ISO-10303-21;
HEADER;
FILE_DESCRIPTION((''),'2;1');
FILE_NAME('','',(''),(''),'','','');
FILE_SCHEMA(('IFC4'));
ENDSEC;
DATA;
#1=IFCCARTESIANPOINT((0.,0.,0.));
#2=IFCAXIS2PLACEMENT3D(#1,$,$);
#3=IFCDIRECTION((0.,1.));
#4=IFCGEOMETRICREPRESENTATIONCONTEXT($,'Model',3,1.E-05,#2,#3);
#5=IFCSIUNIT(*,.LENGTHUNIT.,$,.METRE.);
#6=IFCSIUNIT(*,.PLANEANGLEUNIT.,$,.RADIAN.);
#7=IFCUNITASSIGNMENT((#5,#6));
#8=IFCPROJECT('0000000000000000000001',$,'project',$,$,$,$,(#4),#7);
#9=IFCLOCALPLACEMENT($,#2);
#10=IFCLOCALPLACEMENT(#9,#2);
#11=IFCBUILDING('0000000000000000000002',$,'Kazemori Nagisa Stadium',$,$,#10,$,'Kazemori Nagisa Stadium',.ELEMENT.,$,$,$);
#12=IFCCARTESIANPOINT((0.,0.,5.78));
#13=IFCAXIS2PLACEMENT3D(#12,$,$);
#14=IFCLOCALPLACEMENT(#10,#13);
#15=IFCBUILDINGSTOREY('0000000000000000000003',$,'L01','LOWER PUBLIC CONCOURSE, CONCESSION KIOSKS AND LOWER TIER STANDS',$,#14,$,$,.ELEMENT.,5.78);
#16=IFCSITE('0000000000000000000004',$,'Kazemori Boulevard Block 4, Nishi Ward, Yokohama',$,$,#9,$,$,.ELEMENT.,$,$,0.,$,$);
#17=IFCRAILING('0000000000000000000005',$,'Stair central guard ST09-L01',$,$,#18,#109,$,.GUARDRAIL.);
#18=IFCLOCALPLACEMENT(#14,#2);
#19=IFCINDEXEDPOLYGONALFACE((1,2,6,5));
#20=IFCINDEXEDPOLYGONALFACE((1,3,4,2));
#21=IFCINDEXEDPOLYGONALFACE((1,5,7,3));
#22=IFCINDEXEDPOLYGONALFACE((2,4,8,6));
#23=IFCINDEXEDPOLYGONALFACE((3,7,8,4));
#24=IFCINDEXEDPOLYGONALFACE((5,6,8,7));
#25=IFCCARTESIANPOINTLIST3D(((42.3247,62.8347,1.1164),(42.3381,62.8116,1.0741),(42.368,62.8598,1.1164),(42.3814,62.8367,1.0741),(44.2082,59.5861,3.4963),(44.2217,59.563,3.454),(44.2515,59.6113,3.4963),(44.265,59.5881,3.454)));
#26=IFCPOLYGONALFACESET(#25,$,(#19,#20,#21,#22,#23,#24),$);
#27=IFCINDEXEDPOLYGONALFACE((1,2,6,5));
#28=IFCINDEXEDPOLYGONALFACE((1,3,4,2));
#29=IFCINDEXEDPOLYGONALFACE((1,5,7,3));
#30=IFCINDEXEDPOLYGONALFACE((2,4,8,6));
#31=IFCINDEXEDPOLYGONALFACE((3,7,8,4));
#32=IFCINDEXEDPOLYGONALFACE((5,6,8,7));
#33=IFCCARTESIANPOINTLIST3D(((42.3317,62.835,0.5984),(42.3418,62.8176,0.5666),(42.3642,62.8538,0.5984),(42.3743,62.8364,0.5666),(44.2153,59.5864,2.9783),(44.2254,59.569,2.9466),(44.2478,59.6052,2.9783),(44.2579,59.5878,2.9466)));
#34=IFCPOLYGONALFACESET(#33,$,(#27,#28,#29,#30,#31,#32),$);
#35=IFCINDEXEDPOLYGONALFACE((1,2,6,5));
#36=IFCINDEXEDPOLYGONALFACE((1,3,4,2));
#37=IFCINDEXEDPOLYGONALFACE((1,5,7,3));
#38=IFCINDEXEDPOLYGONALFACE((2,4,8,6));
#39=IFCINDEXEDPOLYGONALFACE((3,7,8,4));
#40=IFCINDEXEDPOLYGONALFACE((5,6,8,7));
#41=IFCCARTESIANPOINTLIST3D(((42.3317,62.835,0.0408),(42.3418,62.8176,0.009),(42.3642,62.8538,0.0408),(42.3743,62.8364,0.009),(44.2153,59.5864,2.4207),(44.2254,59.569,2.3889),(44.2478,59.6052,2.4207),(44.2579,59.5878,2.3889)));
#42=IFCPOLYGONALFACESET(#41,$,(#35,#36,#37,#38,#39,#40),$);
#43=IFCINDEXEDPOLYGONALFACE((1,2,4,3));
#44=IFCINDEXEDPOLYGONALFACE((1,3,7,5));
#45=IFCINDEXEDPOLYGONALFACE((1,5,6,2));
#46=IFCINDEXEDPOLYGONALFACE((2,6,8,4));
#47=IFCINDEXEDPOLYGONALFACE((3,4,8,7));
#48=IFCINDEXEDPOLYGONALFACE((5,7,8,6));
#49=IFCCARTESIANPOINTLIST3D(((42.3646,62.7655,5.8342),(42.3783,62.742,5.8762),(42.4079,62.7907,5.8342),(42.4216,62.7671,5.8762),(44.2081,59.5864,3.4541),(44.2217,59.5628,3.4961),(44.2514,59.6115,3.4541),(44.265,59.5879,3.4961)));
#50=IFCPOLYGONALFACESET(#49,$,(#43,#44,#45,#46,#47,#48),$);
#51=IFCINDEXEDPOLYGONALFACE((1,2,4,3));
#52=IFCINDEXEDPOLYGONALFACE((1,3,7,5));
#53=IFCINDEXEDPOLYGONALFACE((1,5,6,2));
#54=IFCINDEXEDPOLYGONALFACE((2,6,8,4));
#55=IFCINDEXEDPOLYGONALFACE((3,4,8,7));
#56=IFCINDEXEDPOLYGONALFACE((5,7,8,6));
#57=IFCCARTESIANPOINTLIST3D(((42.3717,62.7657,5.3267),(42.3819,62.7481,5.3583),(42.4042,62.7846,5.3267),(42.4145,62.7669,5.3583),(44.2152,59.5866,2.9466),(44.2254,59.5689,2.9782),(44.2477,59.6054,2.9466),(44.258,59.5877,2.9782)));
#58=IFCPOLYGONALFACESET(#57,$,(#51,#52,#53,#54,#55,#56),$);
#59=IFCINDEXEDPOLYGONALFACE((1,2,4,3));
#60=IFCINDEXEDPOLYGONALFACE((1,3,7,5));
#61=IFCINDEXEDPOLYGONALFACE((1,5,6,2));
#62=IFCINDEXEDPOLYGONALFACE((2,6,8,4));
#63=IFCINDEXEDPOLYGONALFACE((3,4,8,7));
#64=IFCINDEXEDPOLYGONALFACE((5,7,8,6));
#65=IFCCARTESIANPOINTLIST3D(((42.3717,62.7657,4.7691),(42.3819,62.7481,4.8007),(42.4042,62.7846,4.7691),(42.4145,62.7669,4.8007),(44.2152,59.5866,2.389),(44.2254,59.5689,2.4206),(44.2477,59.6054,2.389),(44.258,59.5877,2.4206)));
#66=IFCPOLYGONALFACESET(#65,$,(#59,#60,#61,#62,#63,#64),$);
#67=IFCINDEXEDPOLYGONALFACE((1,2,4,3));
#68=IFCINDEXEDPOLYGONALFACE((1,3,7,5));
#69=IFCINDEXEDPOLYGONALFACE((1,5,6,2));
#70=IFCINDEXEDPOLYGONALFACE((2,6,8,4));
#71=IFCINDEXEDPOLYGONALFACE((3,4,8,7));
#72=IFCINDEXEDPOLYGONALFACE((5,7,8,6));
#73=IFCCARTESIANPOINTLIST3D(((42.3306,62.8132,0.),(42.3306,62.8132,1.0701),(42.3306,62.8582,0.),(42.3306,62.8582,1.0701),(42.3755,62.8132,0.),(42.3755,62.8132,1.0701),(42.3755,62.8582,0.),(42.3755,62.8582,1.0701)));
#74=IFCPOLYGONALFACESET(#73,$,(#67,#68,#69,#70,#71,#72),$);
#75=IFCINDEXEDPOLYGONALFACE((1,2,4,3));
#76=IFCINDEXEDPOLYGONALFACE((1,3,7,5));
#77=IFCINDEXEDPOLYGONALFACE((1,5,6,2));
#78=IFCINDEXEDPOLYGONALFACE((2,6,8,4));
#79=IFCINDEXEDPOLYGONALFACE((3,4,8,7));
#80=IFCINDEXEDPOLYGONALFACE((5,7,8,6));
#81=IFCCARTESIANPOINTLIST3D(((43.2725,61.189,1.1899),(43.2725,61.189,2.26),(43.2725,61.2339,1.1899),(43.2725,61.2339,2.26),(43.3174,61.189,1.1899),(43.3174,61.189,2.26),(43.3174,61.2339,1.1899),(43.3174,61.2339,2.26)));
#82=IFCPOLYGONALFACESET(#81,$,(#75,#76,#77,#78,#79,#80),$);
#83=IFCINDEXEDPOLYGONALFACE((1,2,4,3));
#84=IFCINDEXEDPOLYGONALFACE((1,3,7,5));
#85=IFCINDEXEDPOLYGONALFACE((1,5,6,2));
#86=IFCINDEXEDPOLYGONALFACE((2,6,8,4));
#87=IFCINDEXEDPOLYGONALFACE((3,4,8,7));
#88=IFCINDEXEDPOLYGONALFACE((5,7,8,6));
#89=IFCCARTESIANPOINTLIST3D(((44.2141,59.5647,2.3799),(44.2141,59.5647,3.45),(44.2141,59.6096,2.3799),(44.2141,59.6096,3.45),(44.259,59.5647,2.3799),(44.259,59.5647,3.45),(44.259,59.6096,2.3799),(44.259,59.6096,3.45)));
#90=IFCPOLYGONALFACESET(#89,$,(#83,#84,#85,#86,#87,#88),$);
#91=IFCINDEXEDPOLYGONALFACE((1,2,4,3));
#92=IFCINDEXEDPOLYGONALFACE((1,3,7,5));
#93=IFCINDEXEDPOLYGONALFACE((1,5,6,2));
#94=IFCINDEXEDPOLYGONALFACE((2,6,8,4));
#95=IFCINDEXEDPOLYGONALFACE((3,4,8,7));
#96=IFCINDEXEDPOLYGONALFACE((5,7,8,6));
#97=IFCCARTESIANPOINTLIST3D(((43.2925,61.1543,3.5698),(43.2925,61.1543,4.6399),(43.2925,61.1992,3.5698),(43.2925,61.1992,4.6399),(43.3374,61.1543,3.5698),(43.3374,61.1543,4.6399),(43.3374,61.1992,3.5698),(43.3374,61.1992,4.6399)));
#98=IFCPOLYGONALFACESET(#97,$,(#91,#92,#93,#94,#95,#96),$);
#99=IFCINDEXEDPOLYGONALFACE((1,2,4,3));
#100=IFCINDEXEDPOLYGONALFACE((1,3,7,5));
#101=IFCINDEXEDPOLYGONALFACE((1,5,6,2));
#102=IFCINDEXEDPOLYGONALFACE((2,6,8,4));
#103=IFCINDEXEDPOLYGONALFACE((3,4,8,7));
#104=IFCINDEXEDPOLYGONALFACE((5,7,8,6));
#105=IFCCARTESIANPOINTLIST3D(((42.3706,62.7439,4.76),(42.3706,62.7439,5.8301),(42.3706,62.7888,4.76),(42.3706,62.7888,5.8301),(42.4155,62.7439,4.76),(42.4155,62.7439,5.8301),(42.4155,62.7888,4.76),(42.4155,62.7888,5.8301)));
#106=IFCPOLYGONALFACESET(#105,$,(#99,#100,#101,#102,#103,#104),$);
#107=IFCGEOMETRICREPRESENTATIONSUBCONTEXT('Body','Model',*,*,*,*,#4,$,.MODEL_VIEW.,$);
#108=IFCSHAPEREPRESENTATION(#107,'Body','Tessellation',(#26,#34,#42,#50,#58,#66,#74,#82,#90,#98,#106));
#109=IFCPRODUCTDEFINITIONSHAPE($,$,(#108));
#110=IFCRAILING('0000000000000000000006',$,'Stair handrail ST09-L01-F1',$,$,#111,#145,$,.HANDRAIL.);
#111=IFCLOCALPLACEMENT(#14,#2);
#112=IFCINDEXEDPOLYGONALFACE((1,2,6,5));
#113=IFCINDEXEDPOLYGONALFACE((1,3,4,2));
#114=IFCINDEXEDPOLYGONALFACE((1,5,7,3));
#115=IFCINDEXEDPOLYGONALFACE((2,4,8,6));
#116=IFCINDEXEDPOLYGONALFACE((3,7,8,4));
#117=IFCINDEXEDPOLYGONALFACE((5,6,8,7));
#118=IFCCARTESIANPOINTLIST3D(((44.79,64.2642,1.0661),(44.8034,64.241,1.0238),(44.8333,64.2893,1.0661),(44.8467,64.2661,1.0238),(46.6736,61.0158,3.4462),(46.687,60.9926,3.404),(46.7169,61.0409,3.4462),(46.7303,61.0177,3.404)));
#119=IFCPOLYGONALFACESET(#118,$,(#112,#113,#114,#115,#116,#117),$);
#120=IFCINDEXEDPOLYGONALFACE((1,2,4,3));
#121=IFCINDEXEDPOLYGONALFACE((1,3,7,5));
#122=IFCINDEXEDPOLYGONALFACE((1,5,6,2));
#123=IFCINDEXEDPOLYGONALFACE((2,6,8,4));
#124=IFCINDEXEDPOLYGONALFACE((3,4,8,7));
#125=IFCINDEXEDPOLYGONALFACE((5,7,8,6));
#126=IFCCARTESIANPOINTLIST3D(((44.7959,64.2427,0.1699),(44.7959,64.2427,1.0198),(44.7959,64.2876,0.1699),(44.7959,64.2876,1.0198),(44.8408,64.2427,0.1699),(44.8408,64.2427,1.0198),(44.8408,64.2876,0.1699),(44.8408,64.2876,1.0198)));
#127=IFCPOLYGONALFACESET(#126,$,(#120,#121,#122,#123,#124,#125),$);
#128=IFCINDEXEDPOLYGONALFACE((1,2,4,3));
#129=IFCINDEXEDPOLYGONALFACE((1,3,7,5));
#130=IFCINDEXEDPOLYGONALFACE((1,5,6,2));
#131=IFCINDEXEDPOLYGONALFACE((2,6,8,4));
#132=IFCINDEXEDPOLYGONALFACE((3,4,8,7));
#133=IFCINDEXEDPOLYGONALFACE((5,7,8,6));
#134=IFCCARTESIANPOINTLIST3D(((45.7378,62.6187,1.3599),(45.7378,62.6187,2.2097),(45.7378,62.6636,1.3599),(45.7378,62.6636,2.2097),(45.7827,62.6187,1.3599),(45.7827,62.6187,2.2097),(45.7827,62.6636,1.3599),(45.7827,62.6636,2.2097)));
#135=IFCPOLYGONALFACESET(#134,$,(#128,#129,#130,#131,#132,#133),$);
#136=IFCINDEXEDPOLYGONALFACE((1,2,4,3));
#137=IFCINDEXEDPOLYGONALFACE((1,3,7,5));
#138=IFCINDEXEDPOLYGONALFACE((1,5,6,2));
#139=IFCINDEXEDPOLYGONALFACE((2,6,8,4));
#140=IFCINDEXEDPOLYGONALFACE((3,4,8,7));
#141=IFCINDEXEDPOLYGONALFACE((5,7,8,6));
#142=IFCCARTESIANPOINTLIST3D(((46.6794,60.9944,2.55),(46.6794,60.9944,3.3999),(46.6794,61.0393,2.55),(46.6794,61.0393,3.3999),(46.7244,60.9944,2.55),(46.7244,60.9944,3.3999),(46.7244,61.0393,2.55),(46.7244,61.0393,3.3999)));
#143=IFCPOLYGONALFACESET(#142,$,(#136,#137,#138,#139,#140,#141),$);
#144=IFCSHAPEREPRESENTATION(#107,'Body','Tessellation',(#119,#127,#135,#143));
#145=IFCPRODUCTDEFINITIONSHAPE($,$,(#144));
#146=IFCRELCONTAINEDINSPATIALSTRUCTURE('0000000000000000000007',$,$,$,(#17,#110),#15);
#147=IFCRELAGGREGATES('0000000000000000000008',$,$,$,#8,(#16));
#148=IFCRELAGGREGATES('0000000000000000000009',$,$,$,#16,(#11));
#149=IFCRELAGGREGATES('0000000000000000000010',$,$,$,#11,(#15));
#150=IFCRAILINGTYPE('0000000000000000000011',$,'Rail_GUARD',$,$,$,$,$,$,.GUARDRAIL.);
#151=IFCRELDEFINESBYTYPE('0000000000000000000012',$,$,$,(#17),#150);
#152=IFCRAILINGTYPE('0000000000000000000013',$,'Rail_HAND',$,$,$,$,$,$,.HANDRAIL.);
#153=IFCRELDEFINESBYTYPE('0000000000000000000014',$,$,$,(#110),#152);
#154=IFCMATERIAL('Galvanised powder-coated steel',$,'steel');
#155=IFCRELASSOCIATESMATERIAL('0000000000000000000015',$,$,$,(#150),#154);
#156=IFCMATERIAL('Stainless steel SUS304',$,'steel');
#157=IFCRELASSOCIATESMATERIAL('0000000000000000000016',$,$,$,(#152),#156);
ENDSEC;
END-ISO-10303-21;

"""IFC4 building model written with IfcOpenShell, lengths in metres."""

from ifc_helpers import new_model, si_unit, direction, frame, origin, origin_2d, place, context, subcontext, project, spatial, rectangle, extrude, material, type_object, element, save


model = new_model("IFC4")

# Units and contexts
model_context = context("Model", 3, precision=1e-05, world=origin(), true_north=direction((0.0, 1.0)))
body_context = subcontext(model_context, "Body", "Model", "MODEL_VIEW")
ifc_project = project(units=[si_unit("LENGTHUNIT", "METRE"), si_unit("PLANEANGLEUNIT", "RADIAN")], contexts=[model_context])

# Site, building, storey
site_placement = place(None, origin())
site = spatial("IfcSite", under=ifc_project, at=site_placement, Name="Kazemori Boulevard Block 4, Nishi Ward, Yokohama", CompositionType="ELEMENT", RefElevation=0.0)
building_placement = place(site_placement, origin())
building = spatial("IfcBuilding", under=site, at=building_placement, Name="Kazemori Nagisa Stadium", LongName="Kazemori Nagisa Stadium", CompositionType="ELEMENT")
storey_placement = place(building_placement, frame((0.0, 0.0, 5.78)))
storey = spatial("IfcBuildingStorey", under=building, at=storey_placement, Name="L01", Description="LOWER PUBLIC CONCOURSE, CONCESSION KIOSKS AND LOWER TIER STANDS", CompositionType="ELEMENT", Elevation=5.78)

# Railings
ifc_material_1 = material(Name="Galvanised powder-coated steel", Category="steel")
railing_type_1 = type_object("IfcRailingType", Name="Rail_GUARD", PredefinedType="GUARDRAIL", material=ifc_material_1)
railing_1_placement = place(storey_placement, frame((42.353, 62.8357, 0.0)))
element("IfcRailing", 1, at=railing_1_placement, inside=storey, type_object=railing_type_1, Name="Stair central guard ST09-L01", PredefinedType="GUARDRAIL", context=body_context, shape_type="SweptSolid", body=[
    extrude(rectangle(XDim=0.05, YDim=0.05, at=origin_2d()), frame((0.0, 0.0, 1.0952), z_axis=(0.423675, -0.730708, 0.535318), x_axis=(0.865101, 0.501597, 0.0)), (0.0, 0.0, 1.0), 4.4458),
    extrude(rectangle(XDim=0.0376, YDim=0.0376, at=origin_2d()), frame((0.0, 0.0, 0.5825), z_axis=(0.423675, -0.730708, 0.535318), x_axis=(0.865101, 0.501597, 0.0)), (0.0, 0.0, 1.0), 4.4458),
    extrude(rectangle(XDim=0.0376, YDim=0.0376, at=origin_2d()), frame((0.0, 0.0, 0.0249), z_axis=(0.423675, -0.730708, 0.535318), x_axis=(0.865101, 0.501597, 0.0)), (0.0, 0.0, 1.0), 4.4458),
    extrude(rectangle(XDim=0.05, YDim=0.05, at=origin_2d()), frame((1.8835, -3.2485, 3.4751), z_axis=(-0.421041, 0.726101, 0.5436), x_axis=(-0.865082, -0.501631, 0.0)), (0.0, 0.0, 1.0), 4.3784),
    extrude(rectangle(XDim=0.0376, YDim=0.0376, at=origin_2d()), frame((1.8835, -3.2485, 2.9624), z_axis=(-0.421041, 0.726101, 0.5436), x_axis=(-0.865082, -0.501631, 0.0)), (0.0, 0.0, 1.0), 4.3784),
    extrude(rectangle(XDim=0.0376, YDim=0.0376, at=origin_2d()), frame((1.8835, -3.2485, 2.4048), z_axis=(-0.421041, 0.726101, 0.5436), x_axis=(-0.865082, -0.501631, 0.0)), (0.0, 0.0, 1.0), 4.3784),
    extrude(rectangle(XDim=0.0449, YDim=0.0449, at=origin_2d()), origin(), (0.0, 0.0, 1.0), 1.0701),
    extrude(rectangle(XDim=0.0449, YDim=0.0449, at=origin_2d()), frame((0.9419, -1.6243, 1.1899)), (0.0, 0.0, 1.0), 1.0701),
    extrude(rectangle(XDim=0.0449, YDim=0.0449, at=origin_2d()), frame((1.8835, -3.2485, 2.3799)), (0.0, 0.0, 1.0), 1.0701),
    extrude(rectangle(XDim=0.0449, YDim=0.0449, at=origin_2d()), frame((0.9619, -1.6589, 3.5698)), (0.0, 0.0, 1.0), 1.0701),
    extrude(rectangle(XDim=0.0449, YDim=0.0449, at=origin_2d()), frame((0.04, -0.0693, 4.76)), (0.0, 0.0, 1.0), 1.0701),
])
ifc_material_2 = material(Name="Stainless steel SUS304", Category="steel")
railing_type_2 = type_object("IfcRailingType", Name="Rail_HAND", PredefinedType="HANDRAIL", material=ifc_material_2)
railing_2_placement = place(storey_placement, frame((44.8184, 64.2651, 0.1699)))
element("IfcRailing", 2, at=railing_2_placement, inside=storey, type_object=railing_type_2, Name="Stair handrail ST09-L01-F1", PredefinedType="HANDRAIL", context=body_context, shape_type="SweptSolid", body=[
    extrude(rectangle(XDim=0.05, YDim=0.05, at=origin_2d()), frame((0.0, 0.0, 0.875), z_axis=(0.423679, -0.730661, 0.535379), x_axis=(0.865085, 0.501626, 0.0)), (0.0, 0.0, 1.0), 4.4458),
    extrude(rectangle(XDim=0.0449, YDim=0.0449, at=origin_2d()), origin(), (0.0, 0.0, 1.0), 0.8499),
    extrude(rectangle(XDim=0.0449, YDim=0.0449, at=origin_2d()), frame((0.9419, -1.624, 1.1899)), (0.0, 0.0, 1.0), 0.8499),
    extrude(rectangle(XDim=0.0449, YDim=0.0449, at=origin_2d()), frame((1.8835, -3.2483, 2.3801)), (0.0, 0.0, 1.0), 0.8499),
])

save(model, "model.ifc")
